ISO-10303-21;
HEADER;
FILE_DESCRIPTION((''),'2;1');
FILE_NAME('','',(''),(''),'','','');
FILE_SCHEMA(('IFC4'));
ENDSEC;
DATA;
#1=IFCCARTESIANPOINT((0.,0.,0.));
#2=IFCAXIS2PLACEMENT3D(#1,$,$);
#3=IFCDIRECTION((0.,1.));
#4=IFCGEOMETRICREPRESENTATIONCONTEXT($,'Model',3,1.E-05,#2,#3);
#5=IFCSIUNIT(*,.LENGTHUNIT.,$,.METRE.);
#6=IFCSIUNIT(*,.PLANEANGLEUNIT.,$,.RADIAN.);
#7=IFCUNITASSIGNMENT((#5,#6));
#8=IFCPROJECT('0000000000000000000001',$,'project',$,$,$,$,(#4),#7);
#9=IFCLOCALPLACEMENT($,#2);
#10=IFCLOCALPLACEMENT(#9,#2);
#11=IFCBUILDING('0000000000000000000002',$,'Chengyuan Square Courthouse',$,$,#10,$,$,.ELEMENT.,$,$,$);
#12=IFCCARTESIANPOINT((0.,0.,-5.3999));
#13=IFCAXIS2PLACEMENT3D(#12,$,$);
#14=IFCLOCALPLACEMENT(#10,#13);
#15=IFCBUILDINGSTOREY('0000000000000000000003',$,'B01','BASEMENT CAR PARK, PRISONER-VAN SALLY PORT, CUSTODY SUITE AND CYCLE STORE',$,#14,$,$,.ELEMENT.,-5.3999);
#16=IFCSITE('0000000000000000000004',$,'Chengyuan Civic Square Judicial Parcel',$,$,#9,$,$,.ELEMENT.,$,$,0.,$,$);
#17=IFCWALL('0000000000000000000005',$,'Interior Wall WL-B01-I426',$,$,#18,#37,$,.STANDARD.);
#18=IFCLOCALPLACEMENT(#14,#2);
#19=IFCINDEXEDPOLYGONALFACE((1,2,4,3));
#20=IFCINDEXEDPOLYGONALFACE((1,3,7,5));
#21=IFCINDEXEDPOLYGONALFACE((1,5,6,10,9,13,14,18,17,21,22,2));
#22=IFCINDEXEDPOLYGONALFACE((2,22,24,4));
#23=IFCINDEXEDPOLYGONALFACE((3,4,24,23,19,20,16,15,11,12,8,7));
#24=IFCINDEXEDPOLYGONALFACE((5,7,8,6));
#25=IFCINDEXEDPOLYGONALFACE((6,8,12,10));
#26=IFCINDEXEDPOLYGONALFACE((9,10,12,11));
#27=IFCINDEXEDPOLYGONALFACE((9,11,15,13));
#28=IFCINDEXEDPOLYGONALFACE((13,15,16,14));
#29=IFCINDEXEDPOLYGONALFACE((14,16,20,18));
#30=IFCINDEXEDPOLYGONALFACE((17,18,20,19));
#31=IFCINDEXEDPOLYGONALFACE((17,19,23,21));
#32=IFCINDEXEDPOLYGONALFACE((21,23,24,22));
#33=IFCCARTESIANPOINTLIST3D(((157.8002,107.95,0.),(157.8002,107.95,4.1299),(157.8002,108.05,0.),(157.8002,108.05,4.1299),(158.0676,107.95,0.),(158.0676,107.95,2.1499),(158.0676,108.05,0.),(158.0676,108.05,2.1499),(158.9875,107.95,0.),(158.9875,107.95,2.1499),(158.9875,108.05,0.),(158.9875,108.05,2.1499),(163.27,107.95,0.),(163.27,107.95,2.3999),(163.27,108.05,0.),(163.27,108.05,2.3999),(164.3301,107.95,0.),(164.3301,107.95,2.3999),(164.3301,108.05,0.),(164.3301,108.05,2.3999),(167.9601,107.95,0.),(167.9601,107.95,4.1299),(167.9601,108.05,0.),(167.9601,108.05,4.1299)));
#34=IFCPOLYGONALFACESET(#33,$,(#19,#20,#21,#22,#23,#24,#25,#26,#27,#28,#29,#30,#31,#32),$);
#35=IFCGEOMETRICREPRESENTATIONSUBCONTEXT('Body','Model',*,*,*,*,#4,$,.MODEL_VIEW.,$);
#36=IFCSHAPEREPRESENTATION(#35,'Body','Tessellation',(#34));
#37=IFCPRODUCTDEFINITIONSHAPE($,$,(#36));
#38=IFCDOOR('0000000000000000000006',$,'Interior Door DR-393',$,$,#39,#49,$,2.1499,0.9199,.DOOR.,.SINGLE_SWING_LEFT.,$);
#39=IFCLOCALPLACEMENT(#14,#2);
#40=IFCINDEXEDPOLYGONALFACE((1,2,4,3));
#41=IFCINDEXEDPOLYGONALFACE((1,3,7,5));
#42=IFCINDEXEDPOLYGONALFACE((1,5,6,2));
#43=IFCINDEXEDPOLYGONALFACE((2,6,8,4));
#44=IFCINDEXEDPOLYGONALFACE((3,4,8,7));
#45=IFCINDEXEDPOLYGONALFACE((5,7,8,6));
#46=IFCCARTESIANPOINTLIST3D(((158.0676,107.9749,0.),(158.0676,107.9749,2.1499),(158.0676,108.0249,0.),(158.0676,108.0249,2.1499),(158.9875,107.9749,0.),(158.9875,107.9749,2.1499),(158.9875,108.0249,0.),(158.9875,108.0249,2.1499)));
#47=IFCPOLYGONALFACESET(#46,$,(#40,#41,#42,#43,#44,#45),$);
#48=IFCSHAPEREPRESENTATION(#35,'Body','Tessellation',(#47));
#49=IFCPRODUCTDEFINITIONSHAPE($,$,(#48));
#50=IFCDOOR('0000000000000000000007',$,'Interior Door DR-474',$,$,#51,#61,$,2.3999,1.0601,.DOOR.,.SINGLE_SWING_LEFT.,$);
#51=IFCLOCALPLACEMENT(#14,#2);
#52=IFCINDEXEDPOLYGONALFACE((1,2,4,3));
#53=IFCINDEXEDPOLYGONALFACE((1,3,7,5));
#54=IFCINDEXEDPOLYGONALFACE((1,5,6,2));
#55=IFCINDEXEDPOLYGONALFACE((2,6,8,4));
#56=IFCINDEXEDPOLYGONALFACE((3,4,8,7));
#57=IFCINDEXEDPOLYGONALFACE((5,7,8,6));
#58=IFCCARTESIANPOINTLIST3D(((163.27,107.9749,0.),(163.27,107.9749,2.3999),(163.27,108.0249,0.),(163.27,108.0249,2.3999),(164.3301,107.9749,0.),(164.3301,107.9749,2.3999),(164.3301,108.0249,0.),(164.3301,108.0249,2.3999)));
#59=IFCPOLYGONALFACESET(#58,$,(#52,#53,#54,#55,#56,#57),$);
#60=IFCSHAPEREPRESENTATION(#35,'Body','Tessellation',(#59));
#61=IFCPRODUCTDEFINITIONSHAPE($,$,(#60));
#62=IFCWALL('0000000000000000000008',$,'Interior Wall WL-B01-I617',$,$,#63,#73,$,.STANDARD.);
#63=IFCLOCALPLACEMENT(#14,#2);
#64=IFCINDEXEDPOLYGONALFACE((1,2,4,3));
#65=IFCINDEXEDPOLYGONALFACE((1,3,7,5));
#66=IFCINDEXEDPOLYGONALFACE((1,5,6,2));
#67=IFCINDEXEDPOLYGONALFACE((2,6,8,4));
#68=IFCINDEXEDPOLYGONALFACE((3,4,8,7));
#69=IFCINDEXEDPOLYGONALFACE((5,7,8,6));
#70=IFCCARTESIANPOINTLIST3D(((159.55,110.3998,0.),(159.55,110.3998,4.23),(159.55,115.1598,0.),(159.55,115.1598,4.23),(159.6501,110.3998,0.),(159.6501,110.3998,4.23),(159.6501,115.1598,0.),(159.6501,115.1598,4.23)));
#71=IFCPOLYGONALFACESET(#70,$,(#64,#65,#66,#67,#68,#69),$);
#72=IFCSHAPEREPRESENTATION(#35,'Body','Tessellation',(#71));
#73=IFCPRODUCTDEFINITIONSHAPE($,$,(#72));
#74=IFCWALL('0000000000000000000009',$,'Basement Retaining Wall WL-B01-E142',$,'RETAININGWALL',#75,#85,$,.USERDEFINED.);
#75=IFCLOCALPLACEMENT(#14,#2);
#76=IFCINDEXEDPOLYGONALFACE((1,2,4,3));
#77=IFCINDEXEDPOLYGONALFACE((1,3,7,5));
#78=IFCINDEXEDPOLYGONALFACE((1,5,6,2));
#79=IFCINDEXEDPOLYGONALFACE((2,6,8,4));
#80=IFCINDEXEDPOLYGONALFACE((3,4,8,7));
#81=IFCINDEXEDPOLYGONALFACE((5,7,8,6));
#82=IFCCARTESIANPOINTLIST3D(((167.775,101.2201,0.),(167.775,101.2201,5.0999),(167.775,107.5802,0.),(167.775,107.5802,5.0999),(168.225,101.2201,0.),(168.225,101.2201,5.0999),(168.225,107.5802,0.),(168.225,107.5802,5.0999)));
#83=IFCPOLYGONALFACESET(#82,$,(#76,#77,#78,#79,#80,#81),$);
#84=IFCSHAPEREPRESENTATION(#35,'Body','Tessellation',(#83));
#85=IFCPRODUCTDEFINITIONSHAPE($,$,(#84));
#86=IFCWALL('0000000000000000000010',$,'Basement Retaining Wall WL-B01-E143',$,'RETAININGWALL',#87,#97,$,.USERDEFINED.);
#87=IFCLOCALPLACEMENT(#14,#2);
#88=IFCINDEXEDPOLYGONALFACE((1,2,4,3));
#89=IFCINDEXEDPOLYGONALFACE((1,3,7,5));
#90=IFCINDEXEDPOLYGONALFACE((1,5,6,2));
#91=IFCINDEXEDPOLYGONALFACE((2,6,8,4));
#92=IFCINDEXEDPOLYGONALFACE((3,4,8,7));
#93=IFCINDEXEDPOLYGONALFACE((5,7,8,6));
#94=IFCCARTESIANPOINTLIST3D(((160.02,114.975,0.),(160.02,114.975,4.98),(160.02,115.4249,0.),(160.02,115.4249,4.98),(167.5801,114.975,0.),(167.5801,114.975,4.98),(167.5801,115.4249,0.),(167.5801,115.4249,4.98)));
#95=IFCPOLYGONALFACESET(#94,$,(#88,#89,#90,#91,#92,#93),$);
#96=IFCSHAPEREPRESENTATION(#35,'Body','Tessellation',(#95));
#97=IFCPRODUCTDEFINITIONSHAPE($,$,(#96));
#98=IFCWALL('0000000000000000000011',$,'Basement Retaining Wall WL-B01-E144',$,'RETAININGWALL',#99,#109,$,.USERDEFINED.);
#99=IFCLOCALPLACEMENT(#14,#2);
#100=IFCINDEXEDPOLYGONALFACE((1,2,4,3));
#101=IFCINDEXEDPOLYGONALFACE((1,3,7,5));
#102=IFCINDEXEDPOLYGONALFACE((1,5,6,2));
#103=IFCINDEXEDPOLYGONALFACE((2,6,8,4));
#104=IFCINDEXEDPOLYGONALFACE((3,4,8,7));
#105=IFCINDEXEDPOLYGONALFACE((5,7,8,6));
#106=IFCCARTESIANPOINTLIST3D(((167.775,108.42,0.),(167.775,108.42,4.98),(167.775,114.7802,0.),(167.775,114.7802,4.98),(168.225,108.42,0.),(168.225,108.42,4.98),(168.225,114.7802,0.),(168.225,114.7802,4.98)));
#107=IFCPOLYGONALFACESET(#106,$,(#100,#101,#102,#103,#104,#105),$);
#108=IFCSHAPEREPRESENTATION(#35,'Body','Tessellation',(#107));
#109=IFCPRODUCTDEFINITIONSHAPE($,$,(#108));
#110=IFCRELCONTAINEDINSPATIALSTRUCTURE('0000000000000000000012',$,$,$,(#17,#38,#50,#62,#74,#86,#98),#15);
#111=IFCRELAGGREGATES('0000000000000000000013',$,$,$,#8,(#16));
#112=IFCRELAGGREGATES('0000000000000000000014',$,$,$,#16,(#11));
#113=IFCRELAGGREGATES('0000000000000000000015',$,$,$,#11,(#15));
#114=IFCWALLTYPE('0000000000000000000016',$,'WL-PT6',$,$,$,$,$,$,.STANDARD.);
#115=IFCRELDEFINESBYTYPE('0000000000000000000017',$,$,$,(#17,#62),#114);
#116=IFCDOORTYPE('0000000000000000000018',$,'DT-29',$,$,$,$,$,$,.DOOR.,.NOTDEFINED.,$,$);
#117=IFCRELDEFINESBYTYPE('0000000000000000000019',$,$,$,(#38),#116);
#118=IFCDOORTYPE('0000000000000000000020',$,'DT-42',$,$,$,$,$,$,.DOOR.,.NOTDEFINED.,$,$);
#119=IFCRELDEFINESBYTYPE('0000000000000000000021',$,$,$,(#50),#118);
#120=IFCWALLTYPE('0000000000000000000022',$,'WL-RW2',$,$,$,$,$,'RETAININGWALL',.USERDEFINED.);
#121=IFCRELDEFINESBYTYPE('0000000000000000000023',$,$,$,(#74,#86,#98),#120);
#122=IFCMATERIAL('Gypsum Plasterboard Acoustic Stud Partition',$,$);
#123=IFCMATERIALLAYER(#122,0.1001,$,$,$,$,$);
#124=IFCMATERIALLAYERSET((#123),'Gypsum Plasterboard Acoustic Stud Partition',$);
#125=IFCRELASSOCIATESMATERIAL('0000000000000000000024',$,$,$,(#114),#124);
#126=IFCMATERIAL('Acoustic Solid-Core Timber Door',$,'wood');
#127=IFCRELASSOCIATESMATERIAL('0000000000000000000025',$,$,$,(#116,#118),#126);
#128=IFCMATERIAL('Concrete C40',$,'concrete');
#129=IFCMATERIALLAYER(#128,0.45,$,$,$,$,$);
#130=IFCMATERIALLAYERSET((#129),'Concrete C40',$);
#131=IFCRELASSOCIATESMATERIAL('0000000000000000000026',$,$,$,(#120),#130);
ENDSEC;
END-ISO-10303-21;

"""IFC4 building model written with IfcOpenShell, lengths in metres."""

from ifc_helpers import new_model, si_unit, direction, frame, frame_2d, origin, place, context, subcontext, project, spatial, rectangle, extrude, material, layer, layer_set, type_object, element, fill, save


model = new_model("IFC4")

# Units and contexts
model_context = context("Model", 3, precision=1e-05, world=origin(), true_north=direction((0.0, 1.0)))
body_context = subcontext(model_context, "Body", "Model", "MODEL_VIEW")
ifc_project = project(units=[si_unit("LENGTHUNIT", "METRE"), si_unit("PLANEANGLEUNIT", "RADIAN")], contexts=[model_context])

# Site, building, storey
site_placement = place(None, origin())
site = spatial("IfcSite", under=ifc_project, at=site_placement, Name="Chengyuan Civic Square Judicial Parcel", CompositionType="ELEMENT", RefElevation=0.0)
building_placement = place(site_placement, origin())
building = spatial("IfcBuilding", under=site, at=building_placement, Name="Chengyuan Square Courthouse", CompositionType="ELEMENT")
storey_placement = place(building_placement, frame((0.0, 0.0, -5.3999)))
storey = spatial("IfcBuildingStorey", under=building, at=storey_placement, Name="B01", Description="BASEMENT CAR PARK, PRISONER-VAN SALLY PORT, CUSTODY SUITE AND CYCLE STORE", CompositionType="ELEMENT", Elevation=-5.3999)

# Shared definitions
ifc_material_1 = material(Name="Concrete C40", Category="concrete")

# Shared definitions
ifc_material_2 = material(Name="Gypsum Plasterboard Acoustic Stud Partition")
ifc_layer_1 = layer(ifc_material_2, 0.1001)
ifc_layer_set_1 = layer_set([ifc_layer_1], Name="Gypsum Plasterboard Acoustic Stud Partition")
wall_type_1 = type_object("IfcWallType", Name="WL-PT6", PredefinedType="STANDARD", material=ifc_layer_set_1)
ifc_material_3 = material(Name="Acoustic Solid-Core Timber Door", Category="wood")

# Wall, openings, doors
wall_1_placement = place(storey_placement, frame((157.8, 108.0, 0.0), z_axis=(0.0, 0.0, 1.0), x_axis=(1.0, 0.0, 0.0)))
wall_1 = element("IfcWall", 1, at=wall_1_placement, inside=storey, type_object=wall_type_1, Name="Interior Wall WL-B01-I426", PredefinedType="STANDARD", context=body_context, shape_type="SweptSolid", body=[
    extrude(rectangle(XDim=10.1599, YDim=0.1001, at=frame_2d((5.0801, 0.0))), origin(), (0.0, 0.0, 1.0), 4.1299),
])
opening_1_placement = place(wall_1_placement, frame((0.2676, 0.0, 0.0)))
opening_1 = element("IfcOpeningElement", 2, at=opening_1_placement, cuts=wall_1, PredefinedType="OPENING", context=body_context, shape_type="SweptSolid", body=[
    extrude(rectangle(XDim=0.9199, YDim=2.1499, at=frame_2d((0.46, 1.075))), frame((0.0, 0.062, 0.0), z_axis=(0.0, -1.0, 0.0), x_axis=(1.0, 0.0, 0.0)), (0.0, 0.0, 1.0), 0.124),
])
opening_2_placement = place(wall_1_placement, frame((5.47, 0.0, 0.0)))
opening_2 = element("IfcOpeningElement", 3, at=opening_2_placement, cuts=wall_1, PredefinedType="OPENING", context=body_context, shape_type="SweptSolid", body=[
    extrude(rectangle(XDim=1.0601, YDim=2.3999, at=frame_2d((0.53, 1.2))), frame((0.0, 0.062, 0.0), z_axis=(0.0, -1.0, 0.0), x_axis=(1.0, 0.0, 0.0)), (0.0, 0.0, 1.0), 0.124),
])
door_type_1 = type_object("IfcDoorType", Name="DT-29", OperationType="NOTDEFINED", PredefinedType="DOOR", material=ifc_material_3)
door_1_placement = place(opening_1_placement, origin())
door_1 = element("IfcDoor", 4, at=door_1_placement, inside=storey, type_object=door_type_1, Name="Interior Door DR-393", OperationType="SINGLE_SWING_LEFT", OverallHeight=2.1499, OverallWidth=0.9199, PredefinedType="DOOR", context=body_context, shape_type="SweptSolid", body=[
    extrude(rectangle(XDim=0.9199, YDim=2.1499, at=frame_2d((0.46, 1.075))), frame((0.0, 0.0249, 0.0), z_axis=(0.0, -1.0, 0.0), x_axis=(1.0, 0.0, 0.0)), (0.0, 0.0, 1.0), 0.05),
])
fill(opening_1, door_1)
door_type_2 = type_object("IfcDoorType", Name="DT-42", OperationType="NOTDEFINED", PredefinedType="DOOR", material=ifc_material_3)
door_2_placement = place(opening_2_placement, origin())
door_2 = element("IfcDoor", 5, at=door_2_placement, inside=storey, type_object=door_type_2, Name="Interior Door DR-474", OperationType="SINGLE_SWING_LEFT", OverallHeight=2.3999, OverallWidth=1.0601, PredefinedType="DOOR", context=body_context, shape_type="SweptSolid", body=[
    extrude(rectangle(XDim=1.0601, YDim=2.3999, at=frame_2d((0.53, 1.2))), frame((0.0, 0.0249, 0.0), z_axis=(0.0, -1.0, 0.0), x_axis=(1.0, 0.0, 0.0)), (0.0, 0.0, 1.0), 0.05),
])
fill(opening_2, door_2)

# Walls
wall_2_placement = place(storey_placement, frame((159.6001, 110.3999, 0.0), z_axis=(0.0, 0.0, 1.0), x_axis=(0.0, 1.0, 0.0)))
element("IfcWall", 6, at=wall_2_placement, inside=storey, type_object=wall_type_1, Name="Interior Wall WL-B01-I617", PredefinedType="STANDARD", context=body_context, shape_type="SweptSolid", body=[
    extrude(rectangle(XDim=4.76, YDim=0.1001, at=frame_2d((2.3799, 0.0))), origin(), (0.0, 0.0, 1.0), 4.23),
])
ifc_layer_2 = layer(ifc_material_1, 0.45)
ifc_layer_set_2 = layer_set([ifc_layer_2], Name="Concrete C40")
wall_type_2 = type_object("IfcWallType", Name="WL-RW2", ElementType="RETAININGWALL", PredefinedType="USERDEFINED", material=ifc_layer_set_2)
wall_3_placement = place(storey_placement, frame((168.0, 101.22, 0.0), z_axis=(0.0, 0.0, 1.0), x_axis=(0.0, 1.0, 0.0)))
element("IfcWall", 7, at=wall_3_placement, inside=storey, type_object=wall_type_2, Name="Basement Retaining Wall WL-B01-E142", ObjectType="RETAININGWALL", PredefinedType="USERDEFINED", context=body_context, shape_type="SweptSolid", body=[
    extrude(rectangle(XDim=6.3601, YDim=0.45, at=frame_2d((3.1802, 0.0))), origin(), (0.0, 0.0, 1.0), 5.0999),
])
wall_4_placement = place(storey_placement, frame((160.02, 115.2, 0.0), z_axis=(0.0, 0.0, 1.0), x_axis=(1.0, 0.0, 0.0)))
element("IfcWall", 8, at=wall_4_placement, inside=storey, type_object=wall_type_2, Name="Basement Retaining Wall WL-B01-E143", ObjectType="RETAININGWALL", PredefinedType="USERDEFINED", context=body_context, shape_type="SweptSolid", body=[
    extrude(rectangle(XDim=7.5601, YDim=0.45, at=frame_2d((3.78, 0.0))), origin(), (0.0, 0.0, 1.0), 4.98),
])
wall_5_placement = place(storey_placement, frame((168.0, 108.4199, 0.0), z_axis=(0.0, 0.0, 1.0), x_axis=(0.0, 1.0, 0.0)))
element("IfcWall", 9, at=wall_5_placement, inside=storey, type_object=wall_type_2, Name="Basement Retaining Wall WL-B01-E144", ObjectType="RETAININGWALL", PredefinedType="USERDEFINED", context=body_context, shape_type="SweptSolid", body=[
    extrude(rectangle(XDim=6.3601, YDim=0.45, at=frame_2d((3.1802, 0.0))), origin(), (0.0, 0.0, 1.0), 4.98),
])

save(model, "model.ifc")
